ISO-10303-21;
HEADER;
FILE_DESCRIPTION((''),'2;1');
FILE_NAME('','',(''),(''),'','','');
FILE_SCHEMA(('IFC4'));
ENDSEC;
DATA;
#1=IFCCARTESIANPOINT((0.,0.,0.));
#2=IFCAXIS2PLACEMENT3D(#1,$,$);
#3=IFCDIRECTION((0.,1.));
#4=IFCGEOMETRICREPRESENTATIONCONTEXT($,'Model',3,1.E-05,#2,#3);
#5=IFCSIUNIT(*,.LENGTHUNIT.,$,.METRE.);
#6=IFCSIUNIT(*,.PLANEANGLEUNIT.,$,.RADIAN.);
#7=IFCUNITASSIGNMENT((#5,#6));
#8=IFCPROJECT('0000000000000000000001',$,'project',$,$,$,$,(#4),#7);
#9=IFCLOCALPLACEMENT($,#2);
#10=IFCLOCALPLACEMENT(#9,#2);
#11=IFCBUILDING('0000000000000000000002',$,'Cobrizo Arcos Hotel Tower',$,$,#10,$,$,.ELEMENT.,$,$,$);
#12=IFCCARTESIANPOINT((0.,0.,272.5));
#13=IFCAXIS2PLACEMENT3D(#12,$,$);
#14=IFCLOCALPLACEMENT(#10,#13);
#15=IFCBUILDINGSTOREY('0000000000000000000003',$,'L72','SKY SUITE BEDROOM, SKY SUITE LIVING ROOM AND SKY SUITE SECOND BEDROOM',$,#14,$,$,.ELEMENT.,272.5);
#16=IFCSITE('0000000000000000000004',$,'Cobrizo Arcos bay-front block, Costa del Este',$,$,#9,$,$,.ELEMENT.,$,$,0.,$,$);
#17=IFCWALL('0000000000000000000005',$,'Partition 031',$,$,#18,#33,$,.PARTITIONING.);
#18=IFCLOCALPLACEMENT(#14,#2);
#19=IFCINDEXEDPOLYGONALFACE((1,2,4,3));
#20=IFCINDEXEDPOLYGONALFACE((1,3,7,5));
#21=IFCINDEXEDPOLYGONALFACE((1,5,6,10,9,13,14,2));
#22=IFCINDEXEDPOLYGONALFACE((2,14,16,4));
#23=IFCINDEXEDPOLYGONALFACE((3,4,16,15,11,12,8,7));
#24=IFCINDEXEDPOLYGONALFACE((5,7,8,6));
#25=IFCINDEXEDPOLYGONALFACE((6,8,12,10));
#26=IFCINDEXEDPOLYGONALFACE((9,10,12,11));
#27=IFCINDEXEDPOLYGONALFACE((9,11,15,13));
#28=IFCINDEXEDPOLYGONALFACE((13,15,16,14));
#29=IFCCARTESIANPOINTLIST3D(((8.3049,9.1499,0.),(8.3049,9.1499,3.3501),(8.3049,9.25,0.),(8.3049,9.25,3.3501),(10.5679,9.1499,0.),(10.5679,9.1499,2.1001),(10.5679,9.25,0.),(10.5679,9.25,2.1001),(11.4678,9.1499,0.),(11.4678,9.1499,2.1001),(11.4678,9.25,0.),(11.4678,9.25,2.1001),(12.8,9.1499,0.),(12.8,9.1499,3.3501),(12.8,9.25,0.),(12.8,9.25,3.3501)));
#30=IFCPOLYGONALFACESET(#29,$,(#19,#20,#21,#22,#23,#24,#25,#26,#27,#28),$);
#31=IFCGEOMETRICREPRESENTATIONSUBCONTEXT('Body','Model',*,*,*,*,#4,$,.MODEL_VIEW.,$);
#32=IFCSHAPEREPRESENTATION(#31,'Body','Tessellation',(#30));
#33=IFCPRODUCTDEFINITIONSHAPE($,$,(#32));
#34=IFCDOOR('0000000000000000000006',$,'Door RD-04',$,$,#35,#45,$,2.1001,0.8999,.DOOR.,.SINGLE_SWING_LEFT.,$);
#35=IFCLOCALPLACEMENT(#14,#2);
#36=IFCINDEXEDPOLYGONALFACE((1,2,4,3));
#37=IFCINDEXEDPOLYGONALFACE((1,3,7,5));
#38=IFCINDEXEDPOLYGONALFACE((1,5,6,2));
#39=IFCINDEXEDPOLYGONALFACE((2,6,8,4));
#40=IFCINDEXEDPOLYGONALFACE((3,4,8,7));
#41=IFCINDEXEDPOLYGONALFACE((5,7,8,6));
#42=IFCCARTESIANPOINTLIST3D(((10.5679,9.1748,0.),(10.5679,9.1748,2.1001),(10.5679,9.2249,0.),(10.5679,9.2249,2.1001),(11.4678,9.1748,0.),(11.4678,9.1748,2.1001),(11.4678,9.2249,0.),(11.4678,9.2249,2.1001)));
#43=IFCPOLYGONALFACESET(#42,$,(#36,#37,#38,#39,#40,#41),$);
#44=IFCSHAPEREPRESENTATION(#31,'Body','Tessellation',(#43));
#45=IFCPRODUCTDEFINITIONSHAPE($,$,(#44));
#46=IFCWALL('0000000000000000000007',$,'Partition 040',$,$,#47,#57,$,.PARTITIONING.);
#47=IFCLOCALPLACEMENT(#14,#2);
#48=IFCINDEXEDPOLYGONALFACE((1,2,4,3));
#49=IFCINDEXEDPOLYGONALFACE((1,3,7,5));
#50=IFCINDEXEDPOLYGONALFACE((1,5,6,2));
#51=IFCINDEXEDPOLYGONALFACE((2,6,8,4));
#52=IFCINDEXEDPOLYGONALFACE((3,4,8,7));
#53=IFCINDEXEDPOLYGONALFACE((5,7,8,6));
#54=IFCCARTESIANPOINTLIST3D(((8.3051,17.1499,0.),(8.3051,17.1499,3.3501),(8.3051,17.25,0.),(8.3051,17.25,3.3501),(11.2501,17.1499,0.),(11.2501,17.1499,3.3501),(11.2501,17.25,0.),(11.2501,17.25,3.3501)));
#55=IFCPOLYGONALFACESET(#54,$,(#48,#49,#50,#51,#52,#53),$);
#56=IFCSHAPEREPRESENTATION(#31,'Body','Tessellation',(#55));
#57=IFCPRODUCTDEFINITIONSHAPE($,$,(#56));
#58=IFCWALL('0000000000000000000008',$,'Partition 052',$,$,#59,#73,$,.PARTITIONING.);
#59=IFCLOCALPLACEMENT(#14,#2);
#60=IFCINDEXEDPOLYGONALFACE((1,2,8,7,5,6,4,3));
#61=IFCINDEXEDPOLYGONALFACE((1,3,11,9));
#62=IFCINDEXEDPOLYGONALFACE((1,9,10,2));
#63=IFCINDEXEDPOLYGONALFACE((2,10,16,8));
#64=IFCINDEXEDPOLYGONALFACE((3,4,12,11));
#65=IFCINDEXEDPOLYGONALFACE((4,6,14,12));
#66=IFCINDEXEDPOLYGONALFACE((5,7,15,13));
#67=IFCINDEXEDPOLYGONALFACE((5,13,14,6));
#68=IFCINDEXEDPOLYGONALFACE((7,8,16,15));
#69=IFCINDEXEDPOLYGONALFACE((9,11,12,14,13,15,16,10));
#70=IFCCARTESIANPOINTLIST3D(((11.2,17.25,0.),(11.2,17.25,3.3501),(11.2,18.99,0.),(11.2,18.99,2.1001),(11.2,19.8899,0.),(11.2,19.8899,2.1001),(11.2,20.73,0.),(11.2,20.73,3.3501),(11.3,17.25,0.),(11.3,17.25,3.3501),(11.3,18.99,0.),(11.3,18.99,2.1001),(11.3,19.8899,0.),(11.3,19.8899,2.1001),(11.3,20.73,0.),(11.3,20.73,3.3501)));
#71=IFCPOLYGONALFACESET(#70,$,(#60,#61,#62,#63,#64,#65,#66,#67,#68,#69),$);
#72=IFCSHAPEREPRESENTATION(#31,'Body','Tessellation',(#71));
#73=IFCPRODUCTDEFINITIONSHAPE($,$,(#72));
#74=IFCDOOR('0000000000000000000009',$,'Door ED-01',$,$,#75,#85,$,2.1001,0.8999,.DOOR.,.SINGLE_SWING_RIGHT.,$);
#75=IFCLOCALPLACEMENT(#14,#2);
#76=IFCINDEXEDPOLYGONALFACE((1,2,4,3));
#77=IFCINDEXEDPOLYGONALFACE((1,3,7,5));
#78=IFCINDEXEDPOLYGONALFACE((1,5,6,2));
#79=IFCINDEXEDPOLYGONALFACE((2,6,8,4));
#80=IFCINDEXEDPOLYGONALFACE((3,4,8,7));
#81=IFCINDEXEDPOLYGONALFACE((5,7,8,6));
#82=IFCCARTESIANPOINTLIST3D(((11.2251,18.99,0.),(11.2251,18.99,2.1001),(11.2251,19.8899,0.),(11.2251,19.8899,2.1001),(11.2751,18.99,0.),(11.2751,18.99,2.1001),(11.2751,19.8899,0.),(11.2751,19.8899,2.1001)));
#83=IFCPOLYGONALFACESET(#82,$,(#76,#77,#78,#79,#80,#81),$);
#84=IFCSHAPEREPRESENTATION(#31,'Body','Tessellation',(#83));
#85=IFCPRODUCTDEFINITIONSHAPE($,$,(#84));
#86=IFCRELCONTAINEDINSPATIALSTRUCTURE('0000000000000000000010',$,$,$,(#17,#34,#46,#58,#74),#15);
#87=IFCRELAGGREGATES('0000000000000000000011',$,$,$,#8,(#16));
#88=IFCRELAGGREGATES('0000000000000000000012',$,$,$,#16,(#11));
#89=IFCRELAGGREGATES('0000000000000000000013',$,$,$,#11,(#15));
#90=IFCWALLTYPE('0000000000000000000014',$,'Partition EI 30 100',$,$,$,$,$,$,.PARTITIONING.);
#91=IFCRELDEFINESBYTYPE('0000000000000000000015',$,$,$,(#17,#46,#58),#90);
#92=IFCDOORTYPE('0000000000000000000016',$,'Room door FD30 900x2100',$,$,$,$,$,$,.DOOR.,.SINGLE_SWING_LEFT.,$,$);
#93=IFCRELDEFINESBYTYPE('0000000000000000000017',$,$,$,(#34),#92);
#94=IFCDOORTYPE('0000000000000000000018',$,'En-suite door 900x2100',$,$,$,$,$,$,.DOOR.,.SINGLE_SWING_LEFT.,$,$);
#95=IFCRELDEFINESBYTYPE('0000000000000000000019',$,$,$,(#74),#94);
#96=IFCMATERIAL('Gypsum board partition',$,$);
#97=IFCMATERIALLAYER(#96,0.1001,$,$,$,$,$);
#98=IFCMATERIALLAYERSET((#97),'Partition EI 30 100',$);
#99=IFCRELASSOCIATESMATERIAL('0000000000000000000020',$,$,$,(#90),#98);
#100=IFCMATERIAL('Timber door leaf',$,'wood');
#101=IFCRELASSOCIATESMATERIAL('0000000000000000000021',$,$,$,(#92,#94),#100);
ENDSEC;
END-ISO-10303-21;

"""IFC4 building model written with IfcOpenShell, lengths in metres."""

from ifc_helpers import new_model, si_unit, direction, frame, frame_2d, origin, place, context, subcontext, project, spatial, rectangle, extrude, material, layer, layer_set, type_object, element, fill, save


model = new_model("IFC4")

# Units and contexts
model_context = context("Model", 3, precision=1e-05, world=origin(), true_north=direction((0.0, 1.0)))
body_context = subcontext(model_context, "Body", "Model", "MODEL_VIEW")
ifc_project = project(units=[si_unit("LENGTHUNIT", "METRE"), si_unit("PLANEANGLEUNIT", "RADIAN")], contexts=[model_context])

# Site, building, storey
site_placement = place(None, origin())
site = spatial("IfcSite", under=ifc_project, at=site_placement, Name="Cobrizo Arcos bay-front block, Costa del Este", CompositionType="ELEMENT", RefElevation=0.0)
building_placement = place(site_placement, origin())
building = spatial("IfcBuilding", under=site, at=building_placement, Name="Cobrizo Arcos Hotel Tower", CompositionType="ELEMENT")
storey_placement = place(building_placement, frame((0.0, 0.0, 272.5)))
storey = spatial("IfcBuildingStorey", under=building, at=storey_placement, Name="L72", Description="SKY SUITE BEDROOM, SKY SUITE LIVING ROOM AND SKY SUITE SECOND BEDROOM", CompositionType="ELEMENT", Elevation=272.5)

# Wall, opening, door
ifc_material_1 = material(Name="Gypsum board partition")
ifc_layer_1 = layer(ifc_material_1, 0.1001)
ifc_layer_set_1 = layer_set([ifc_layer_1], Name="Partition EI 30 100")
wall_type = type_object("IfcWallType", Name="Partition EI 30 100", PredefinedType="PARTITIONING", material=ifc_layer_set_1)
wall_1_placement = place(storey_placement, frame((8.3049, 9.2, 0.0), z_axis=(0.0, 0.0, 1.0), x_axis=(1.0, 0.0, 0.0)))
wall_1 = element("IfcWall", 1, at=wall_1_placement, inside=storey, type_object=wall_type, Name="Partition 031", PredefinedType="PARTITIONING", context=body_context, shape_type="SweptSolid", body=[
    extrude(rectangle(XDim=4.4951, YDim=0.1001, at=frame_2d((2.2476, 0.0))), origin(), (0.0, 0.0, 1.0), 3.3501),
])
opening_1_placement = place(wall_1_placement, frame((2.2629, 0.0, 0.0)))
opening_1 = element("IfcOpeningElement", 2, at=opening_1_placement, cuts=wall_1, PredefinedType="OPENING", context=body_context, shape_type="SweptSolid", body=[
    extrude(rectangle(XDim=0.8999, YDim=2.1001, at=frame_2d((0.45, 1.05))), frame((0.0, 0.062, 0.0), z_axis=(0.0, -1.0, 0.0), x_axis=(1.0, 0.0, 0.0)), (0.0, 0.0, 1.0), 0.124),
])
ifc_material_2 = material(Name="Timber door leaf", Category="wood")
door_type_1 = type_object("IfcDoorType", Name="Room door FD30 900x2100", OperationType="SINGLE_SWING_LEFT", PredefinedType="DOOR", material=ifc_material_2)
door_1_placement = place(opening_1_placement, origin())
door_1 = element("IfcDoor", 3, at=door_1_placement, inside=storey, type_object=door_type_1, Name="Door RD-04", OperationType="SINGLE_SWING_LEFT", OverallHeight=2.1001, OverallWidth=0.8999, PredefinedType="DOOR", context=body_context, shape_type="SweptSolid", body=[
    extrude(rectangle(XDim=0.8999, YDim=2.1001, at=frame_2d((0.45, 1.05))), frame((0.0, 0.0249, 0.0), z_axis=(0.0, -1.0, 0.0), x_axis=(1.0, 0.0, 0.0)), (0.0, 0.0, 1.0), 0.05),
])
fill(opening_1, door_1)

# Wall
wall_2_placement = place(storey_placement, frame((8.3049, 17.2, 0.0), z_axis=(0.0, 0.0, 1.0), x_axis=(1.0, 0.0, 0.0)))
element("IfcWall", 4, at=wall_2_placement, inside=storey, type_object=wall_type, Name="Partition 040", PredefinedType="PARTITIONING", context=body_context, shape_type="SweptSolid", body=[
    extrude(rectangle(XDim=2.9451, YDim=0.1001, at=frame_2d((1.4727, 0.0))), origin(), (0.0, 0.0, 1.0), 3.3501),
])

# Wall, opening, door
wall_3_placement = place(storey_placement, frame((11.25, 17.25, 0.0), z_axis=(0.0, 0.0, 1.0), x_axis=(0.0, 1.0, 0.0)))
wall_3 = element("IfcWall", 5, at=wall_3_placement, inside=storey, type_object=wall_type, Name="Partition 052", PredefinedType="PARTITIONING", context=body_context, shape_type="SweptSolid", body=[
    extrude(rectangle(XDim=3.48, YDim=0.1001, at=frame_2d((1.74, 0.0))), origin(), (0.0, 0.0, 1.0), 3.3501),
])
opening_2_placement = place(wall_3_placement, frame((1.74, 0.0, 0.0)))
opening_2 = element("IfcOpeningElement", 6, at=opening_2_placement, cuts=wall_3, PredefinedType="OPENING", context=body_context, shape_type="SweptSolid", body=[
    extrude(rectangle(XDim=0.8999, YDim=2.1001, at=frame_2d((0.45, 1.05))), frame((0.0, 0.062, 0.0), z_axis=(0.0, -1.0, 0.0), x_axis=(1.0, 0.0, 0.0)), (0.0, 0.0, 1.0), 0.124),
])
door_type_2 = type_object("IfcDoorType", Name="En-suite door 900x2100", OperationType="SINGLE_SWING_LEFT", PredefinedType="DOOR", material=ifc_material_2)
door_2_placement = place(opening_2_placement, origin())
door_2 = element("IfcDoor", 7, at=door_2_placement, inside=storey, type_object=door_type_2, Name="Door ED-01", OperationType="SINGLE_SWING_RIGHT", OverallHeight=2.1001, OverallWidth=0.8999, PredefinedType="DOOR", context=body_context, shape_type="SweptSolid", body=[
    extrude(rectangle(XDim=0.8999, YDim=2.1001, at=frame_2d((0.45, 1.05))), frame((0.0, 0.0249, 0.0), z_axis=(0.0, -1.0, 0.0), x_axis=(1.0, 0.0, 0.0)), (0.0, 0.0, 1.0), 0.05),
])
fill(opening_2, door_2)

save(model, "model.ifc")
